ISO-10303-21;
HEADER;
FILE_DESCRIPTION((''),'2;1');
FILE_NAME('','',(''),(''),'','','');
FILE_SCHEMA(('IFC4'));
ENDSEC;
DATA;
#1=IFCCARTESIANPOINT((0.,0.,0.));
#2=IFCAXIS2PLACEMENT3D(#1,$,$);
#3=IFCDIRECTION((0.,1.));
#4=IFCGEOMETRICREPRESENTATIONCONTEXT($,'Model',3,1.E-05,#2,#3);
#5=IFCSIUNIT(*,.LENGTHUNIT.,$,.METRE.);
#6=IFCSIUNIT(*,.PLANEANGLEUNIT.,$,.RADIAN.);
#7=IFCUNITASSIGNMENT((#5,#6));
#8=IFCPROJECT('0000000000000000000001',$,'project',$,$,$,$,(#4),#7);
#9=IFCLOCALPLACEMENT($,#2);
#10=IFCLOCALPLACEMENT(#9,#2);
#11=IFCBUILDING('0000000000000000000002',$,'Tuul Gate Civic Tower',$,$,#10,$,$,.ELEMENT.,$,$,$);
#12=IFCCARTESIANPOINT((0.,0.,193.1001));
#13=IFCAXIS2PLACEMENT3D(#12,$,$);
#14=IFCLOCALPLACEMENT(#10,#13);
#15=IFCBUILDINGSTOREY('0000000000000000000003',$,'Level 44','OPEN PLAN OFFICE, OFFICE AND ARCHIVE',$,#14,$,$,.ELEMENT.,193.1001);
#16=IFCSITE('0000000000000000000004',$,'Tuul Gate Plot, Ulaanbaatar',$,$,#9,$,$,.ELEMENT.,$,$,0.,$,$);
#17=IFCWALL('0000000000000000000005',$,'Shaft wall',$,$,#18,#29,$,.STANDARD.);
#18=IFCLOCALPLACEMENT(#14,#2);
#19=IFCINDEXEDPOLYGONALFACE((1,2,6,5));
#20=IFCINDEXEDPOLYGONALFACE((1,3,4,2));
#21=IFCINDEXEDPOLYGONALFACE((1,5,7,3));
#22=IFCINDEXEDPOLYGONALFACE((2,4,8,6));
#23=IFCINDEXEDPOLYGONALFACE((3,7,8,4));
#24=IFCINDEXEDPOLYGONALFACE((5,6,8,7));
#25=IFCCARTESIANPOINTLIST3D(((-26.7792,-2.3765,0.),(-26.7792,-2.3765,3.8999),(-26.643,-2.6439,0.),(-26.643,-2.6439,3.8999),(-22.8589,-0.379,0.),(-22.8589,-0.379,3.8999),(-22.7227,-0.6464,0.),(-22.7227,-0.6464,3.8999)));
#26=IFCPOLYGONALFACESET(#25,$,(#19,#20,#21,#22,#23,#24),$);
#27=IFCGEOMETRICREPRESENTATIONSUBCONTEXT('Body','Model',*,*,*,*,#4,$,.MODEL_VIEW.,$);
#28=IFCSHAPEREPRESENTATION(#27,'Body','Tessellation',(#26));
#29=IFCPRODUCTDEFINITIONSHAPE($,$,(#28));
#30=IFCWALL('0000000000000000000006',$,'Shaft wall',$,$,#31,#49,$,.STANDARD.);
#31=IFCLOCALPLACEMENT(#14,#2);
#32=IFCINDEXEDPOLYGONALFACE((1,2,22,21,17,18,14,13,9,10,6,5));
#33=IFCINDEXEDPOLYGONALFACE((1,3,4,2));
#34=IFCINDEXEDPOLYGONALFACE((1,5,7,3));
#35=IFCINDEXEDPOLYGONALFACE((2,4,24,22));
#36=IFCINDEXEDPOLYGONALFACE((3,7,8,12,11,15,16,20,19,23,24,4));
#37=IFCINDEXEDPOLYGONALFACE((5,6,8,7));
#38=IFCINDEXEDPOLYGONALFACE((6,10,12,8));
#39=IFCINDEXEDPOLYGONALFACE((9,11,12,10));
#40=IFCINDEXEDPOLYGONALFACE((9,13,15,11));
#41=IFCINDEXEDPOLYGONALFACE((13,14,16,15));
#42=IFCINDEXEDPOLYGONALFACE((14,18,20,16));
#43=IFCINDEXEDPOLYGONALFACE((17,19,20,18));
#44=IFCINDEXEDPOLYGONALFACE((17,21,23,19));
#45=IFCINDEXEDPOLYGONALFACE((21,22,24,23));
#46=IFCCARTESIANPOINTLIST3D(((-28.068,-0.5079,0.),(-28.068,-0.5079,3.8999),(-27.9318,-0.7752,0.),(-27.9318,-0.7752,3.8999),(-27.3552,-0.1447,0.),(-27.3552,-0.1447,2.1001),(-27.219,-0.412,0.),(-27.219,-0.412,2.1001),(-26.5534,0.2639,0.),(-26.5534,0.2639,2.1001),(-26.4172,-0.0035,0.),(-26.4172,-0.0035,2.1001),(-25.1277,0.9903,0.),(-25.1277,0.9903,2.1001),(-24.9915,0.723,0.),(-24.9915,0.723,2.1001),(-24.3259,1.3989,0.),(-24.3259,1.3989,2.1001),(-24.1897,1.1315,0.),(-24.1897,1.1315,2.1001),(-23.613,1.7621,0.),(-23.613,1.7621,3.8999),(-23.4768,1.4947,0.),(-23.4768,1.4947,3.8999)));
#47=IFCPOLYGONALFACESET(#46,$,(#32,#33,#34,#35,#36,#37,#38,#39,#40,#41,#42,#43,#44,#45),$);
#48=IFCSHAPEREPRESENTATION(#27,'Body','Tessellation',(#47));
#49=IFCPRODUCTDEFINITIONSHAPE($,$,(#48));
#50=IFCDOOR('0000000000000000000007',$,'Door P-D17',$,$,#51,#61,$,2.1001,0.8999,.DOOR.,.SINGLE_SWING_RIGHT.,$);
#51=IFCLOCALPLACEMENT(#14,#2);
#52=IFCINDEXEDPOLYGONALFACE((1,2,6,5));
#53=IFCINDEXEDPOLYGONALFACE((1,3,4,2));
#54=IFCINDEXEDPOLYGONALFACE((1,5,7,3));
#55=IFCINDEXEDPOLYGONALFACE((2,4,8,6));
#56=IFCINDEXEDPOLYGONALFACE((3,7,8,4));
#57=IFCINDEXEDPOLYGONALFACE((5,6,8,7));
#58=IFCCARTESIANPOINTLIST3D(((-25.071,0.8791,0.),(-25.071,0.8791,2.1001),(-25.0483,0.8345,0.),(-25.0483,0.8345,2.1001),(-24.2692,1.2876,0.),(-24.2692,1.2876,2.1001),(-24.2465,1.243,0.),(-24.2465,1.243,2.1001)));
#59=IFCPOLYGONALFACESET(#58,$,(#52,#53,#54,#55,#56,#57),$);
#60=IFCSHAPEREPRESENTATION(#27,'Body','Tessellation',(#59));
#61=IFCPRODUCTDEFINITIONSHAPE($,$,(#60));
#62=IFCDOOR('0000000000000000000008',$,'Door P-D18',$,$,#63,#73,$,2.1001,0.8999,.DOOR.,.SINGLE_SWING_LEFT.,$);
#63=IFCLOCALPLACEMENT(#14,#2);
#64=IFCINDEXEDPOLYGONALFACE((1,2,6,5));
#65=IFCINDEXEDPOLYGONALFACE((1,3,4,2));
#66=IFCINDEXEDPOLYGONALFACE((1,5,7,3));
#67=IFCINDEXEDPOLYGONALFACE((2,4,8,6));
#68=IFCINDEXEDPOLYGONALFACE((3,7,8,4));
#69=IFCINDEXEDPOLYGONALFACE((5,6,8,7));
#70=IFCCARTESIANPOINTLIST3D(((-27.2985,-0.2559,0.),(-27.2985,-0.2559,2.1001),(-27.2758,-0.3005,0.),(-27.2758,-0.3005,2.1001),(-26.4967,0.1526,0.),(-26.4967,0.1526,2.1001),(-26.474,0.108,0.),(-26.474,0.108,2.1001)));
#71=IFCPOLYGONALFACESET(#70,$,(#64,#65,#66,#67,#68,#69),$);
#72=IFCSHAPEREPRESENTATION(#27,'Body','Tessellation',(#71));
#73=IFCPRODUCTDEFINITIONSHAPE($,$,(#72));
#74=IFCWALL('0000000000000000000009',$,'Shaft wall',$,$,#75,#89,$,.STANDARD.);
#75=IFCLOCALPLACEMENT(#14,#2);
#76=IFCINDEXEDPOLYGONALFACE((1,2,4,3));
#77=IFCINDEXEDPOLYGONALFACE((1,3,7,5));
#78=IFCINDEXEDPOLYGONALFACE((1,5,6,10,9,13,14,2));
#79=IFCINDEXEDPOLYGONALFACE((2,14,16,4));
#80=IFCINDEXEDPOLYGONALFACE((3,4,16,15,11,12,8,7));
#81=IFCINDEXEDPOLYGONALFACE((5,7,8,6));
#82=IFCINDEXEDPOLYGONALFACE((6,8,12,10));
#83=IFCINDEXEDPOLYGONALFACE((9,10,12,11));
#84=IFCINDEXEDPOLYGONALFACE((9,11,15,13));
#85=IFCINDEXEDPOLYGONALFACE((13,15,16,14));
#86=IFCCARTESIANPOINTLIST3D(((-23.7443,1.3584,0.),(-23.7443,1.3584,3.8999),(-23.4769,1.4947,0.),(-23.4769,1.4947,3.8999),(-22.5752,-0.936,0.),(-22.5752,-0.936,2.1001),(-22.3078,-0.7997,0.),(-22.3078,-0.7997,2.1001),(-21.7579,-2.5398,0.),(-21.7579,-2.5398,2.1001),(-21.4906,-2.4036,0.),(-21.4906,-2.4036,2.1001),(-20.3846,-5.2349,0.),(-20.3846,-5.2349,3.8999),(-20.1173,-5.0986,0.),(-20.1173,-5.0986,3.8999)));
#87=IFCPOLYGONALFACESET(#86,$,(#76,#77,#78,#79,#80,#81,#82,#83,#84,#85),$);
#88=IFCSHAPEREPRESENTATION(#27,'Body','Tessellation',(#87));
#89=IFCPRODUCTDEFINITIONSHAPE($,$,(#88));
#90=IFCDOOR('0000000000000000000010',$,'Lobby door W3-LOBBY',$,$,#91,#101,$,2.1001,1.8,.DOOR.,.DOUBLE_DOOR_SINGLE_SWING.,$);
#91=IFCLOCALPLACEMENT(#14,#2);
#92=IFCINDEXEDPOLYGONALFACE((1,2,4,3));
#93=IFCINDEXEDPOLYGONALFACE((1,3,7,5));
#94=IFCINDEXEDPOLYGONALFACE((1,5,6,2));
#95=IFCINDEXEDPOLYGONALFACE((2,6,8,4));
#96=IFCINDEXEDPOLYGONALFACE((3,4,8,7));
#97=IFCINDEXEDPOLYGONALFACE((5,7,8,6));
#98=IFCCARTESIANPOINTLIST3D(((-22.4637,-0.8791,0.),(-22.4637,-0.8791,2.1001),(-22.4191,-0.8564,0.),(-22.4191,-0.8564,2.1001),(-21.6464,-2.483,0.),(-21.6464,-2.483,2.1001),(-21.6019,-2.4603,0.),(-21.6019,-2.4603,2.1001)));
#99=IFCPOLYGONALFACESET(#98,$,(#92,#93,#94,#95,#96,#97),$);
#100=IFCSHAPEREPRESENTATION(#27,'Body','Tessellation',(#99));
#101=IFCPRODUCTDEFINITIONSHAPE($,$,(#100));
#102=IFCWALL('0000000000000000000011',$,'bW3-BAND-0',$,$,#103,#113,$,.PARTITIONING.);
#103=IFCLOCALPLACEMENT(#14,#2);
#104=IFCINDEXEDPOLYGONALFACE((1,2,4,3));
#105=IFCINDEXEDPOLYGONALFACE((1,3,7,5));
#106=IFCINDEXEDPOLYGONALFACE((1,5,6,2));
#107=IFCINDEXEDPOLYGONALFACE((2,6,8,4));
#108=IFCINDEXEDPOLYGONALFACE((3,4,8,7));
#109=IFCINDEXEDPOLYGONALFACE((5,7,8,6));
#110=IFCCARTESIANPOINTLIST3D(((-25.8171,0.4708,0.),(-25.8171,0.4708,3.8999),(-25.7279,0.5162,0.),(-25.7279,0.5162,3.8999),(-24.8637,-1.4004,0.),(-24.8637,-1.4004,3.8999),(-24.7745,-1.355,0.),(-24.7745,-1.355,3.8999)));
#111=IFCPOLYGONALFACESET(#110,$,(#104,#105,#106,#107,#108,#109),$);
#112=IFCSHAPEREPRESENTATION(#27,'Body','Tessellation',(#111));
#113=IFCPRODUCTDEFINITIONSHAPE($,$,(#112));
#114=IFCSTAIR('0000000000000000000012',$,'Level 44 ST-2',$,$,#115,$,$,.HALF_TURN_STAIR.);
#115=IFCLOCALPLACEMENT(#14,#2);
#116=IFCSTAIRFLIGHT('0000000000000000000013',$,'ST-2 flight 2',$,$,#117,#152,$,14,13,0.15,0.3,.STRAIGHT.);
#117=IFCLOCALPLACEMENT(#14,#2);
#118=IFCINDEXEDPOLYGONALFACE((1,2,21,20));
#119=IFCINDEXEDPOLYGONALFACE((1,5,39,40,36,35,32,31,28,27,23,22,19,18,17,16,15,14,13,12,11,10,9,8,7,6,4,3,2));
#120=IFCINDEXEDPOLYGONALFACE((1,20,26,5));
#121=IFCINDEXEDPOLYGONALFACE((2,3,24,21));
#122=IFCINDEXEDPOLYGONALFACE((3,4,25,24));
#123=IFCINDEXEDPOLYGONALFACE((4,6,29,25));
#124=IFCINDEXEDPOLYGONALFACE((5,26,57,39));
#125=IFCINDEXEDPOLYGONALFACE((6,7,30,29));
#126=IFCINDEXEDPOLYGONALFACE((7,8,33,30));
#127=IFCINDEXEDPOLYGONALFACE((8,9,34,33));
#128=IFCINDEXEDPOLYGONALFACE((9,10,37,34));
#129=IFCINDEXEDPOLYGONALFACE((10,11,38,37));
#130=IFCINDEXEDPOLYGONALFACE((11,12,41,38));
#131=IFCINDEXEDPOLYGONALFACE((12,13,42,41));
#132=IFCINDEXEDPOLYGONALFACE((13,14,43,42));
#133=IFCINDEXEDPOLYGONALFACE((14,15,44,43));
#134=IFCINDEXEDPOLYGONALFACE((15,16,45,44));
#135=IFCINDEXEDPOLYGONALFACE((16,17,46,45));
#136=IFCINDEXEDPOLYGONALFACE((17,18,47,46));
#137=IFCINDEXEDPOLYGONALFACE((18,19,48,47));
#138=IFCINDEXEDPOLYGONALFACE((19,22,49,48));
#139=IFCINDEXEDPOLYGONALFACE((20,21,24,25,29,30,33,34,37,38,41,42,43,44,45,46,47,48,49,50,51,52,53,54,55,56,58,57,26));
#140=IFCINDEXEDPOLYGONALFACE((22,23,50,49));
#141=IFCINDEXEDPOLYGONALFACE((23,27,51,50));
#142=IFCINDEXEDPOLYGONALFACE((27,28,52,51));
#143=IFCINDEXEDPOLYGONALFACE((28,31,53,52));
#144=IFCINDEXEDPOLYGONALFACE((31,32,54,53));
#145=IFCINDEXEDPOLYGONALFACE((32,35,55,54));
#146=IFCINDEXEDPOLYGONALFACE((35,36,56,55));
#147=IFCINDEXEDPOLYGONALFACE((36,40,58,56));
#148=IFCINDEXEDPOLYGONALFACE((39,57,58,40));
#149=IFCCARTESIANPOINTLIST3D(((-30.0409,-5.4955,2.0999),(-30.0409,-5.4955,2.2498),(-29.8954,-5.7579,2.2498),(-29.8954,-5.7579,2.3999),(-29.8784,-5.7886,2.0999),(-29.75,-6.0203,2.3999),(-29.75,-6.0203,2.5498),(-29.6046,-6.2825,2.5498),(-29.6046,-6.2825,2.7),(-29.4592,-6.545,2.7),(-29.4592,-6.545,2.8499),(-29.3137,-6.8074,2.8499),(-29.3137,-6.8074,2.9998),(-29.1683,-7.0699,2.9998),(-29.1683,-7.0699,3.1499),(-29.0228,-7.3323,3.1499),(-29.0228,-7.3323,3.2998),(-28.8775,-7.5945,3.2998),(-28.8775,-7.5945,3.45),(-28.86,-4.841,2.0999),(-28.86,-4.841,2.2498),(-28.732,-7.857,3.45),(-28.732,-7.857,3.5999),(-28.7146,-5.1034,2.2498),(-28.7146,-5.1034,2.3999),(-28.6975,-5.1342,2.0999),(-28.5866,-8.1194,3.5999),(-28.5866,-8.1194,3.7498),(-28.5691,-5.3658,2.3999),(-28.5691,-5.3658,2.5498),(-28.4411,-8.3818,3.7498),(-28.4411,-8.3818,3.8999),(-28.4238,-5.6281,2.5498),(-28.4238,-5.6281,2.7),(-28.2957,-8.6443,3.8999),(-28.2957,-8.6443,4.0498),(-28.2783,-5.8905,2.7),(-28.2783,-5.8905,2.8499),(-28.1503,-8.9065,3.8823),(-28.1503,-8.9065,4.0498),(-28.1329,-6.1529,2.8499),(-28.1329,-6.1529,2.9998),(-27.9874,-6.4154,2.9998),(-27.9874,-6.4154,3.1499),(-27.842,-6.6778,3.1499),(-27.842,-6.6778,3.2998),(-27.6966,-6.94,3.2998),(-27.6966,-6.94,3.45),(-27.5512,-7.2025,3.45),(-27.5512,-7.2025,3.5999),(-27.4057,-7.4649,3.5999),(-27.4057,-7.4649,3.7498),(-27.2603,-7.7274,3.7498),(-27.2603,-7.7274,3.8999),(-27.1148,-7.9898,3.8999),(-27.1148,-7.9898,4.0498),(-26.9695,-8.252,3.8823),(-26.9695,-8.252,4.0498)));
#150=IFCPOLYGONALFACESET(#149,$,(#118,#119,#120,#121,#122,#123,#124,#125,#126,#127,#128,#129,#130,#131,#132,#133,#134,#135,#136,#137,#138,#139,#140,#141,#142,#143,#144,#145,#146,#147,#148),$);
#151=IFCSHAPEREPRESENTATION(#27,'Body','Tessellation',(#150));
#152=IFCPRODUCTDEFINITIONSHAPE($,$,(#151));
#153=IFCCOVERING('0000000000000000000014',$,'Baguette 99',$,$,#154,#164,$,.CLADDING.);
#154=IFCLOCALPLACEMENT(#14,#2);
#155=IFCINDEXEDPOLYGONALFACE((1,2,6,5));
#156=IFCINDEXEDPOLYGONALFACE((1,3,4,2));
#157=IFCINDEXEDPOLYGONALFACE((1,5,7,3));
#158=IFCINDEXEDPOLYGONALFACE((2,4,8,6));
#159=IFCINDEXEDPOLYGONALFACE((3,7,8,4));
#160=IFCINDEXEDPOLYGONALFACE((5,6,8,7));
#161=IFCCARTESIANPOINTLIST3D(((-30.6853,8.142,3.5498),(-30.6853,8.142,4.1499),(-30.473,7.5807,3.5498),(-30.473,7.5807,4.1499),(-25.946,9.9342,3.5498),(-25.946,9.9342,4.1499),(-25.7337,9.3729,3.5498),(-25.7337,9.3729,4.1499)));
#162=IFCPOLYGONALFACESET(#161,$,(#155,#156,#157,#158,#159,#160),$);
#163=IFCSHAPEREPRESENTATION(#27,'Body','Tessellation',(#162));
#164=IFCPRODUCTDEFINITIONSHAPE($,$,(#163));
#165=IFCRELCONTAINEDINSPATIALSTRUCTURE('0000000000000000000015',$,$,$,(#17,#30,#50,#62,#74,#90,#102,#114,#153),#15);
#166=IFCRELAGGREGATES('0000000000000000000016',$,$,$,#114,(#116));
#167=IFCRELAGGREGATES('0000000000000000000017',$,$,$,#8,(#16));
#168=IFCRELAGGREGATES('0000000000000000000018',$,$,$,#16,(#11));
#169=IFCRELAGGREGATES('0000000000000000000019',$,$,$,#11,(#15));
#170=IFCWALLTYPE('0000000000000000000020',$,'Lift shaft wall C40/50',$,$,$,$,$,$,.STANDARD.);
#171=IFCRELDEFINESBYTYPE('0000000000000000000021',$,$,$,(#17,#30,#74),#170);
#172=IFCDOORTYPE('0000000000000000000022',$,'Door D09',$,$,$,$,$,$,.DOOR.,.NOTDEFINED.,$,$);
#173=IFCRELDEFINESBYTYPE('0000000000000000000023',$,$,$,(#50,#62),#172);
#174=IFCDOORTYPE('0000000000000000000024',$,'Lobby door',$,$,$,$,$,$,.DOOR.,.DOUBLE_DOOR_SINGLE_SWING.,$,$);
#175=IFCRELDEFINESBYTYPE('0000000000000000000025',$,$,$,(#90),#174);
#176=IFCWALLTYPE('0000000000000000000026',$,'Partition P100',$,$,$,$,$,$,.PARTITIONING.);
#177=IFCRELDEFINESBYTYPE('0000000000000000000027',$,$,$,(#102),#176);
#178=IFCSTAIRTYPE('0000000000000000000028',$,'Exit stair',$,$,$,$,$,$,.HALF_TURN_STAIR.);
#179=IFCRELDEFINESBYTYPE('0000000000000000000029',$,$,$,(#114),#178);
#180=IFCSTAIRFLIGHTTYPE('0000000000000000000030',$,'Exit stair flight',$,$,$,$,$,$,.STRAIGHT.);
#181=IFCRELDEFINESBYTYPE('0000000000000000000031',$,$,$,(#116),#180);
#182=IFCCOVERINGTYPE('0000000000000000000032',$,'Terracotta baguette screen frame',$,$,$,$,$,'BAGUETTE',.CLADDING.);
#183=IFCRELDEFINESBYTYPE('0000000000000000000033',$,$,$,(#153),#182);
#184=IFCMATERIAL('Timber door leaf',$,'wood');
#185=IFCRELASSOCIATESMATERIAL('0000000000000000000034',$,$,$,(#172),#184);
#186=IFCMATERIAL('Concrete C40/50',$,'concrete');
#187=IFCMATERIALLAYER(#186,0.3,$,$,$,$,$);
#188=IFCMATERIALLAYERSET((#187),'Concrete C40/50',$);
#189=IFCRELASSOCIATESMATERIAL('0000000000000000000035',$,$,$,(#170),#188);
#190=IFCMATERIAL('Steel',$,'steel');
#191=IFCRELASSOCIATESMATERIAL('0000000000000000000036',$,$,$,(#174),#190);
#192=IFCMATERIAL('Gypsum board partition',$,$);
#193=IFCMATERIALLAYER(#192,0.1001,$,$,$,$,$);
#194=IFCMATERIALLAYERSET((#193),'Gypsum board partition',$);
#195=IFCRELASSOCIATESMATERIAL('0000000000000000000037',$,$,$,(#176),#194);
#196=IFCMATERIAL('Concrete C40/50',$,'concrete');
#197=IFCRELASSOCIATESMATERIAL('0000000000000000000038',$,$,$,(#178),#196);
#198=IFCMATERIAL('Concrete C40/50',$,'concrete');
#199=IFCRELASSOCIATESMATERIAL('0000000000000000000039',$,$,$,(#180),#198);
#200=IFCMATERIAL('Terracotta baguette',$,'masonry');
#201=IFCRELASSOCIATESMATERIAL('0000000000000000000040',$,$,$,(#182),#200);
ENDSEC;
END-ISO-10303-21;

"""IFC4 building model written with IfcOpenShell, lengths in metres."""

from ifc_helpers import new_model, si_unit, direction, frame, frame_2d, origin, origin_2d, place, context, subcontext, project, spatial, polyline, rectangle, outline, extrude, material, layer, layer_set, material_profile, profile_set, type_object, element, fill, aggregate, save


model = new_model("IFC4")

# Units and contexts
model_context = context("Model", 3, precision=1e-05, world=origin(), true_north=direction((0.0, 1.0)))
body_context = subcontext(model_context, "Body", "Model", "MODEL_VIEW")
ifc_project = project(units=[si_unit("LENGTHUNIT", "METRE"), si_unit("PLANEANGLEUNIT", "RADIAN")], contexts=[model_context])

# Site, building, storey
site_placement = place(None, origin())
site = spatial("IfcSite", under=ifc_project, at=site_placement, Name="Tuul Gate Plot, Ulaanbaatar", CompositionType="ELEMENT", RefElevation=0.0)
building_placement = place(site_placement, origin())
building = spatial("IfcBuilding", under=site, at=building_placement, Name="Tuul Gate Civic Tower", CompositionType="ELEMENT")
storey_placement = place(building_placement, frame((0.0, 0.0, 193.1001)))
storey = spatial("IfcBuildingStorey", under=building, at=storey_placement, Name="Level 44", Description="OPEN PLAN OFFICE, OFFICE AND ARCHIVE", CompositionType="ELEMENT", Elevation=193.1001)

# Shared definitions
ifc_material_1 = material(Name="Timber door leaf", Category="wood")
door_type_1 = type_object("IfcDoorType", Name="Door D09", OperationType="NOTDEFINED", PredefinedType="DOOR", material=ifc_material_1)

# Shared definitions
ifc_material_2 = material(Name="Concrete C40/50", Category="concrete")
ifc_layer_1 = layer(ifc_material_2, 0.3)
ifc_layer_set_1 = layer_set([ifc_layer_1], Name="Concrete C40/50")
wall_type_1 = type_object("IfcWallType", Name="Lift shaft wall C40/50", PredefinedType="STANDARD", material=ifc_layer_set_1)

# Wall
wall_1_placement = place(storey_placement, frame((-22.7908, -0.5127, 0.0), z_axis=(0.0, 0.0, 1.0), x_axis=(-0.891006, -0.453992, 0.0)))
element("IfcWall", 1, at=wall_1_placement, inside=storey, type_object=wall_type_1, Name="Shaft wall", PredefinedType="STANDARD", context=body_context, shape_type="SweptSolid", body=[
    extrude(rectangle(XDim=4.3999, YDim=0.3, at=frame_2d((2.2, 0.0))), origin(), (0.0, 0.0, 1.0), 3.8999),
])

# Wall, openings, doors
wall_2_placement = place(storey_placement, frame((-23.5449, 1.6284, 0.0), z_axis=(0.0, 0.0, 1.0), x_axis=(-0.891003, -0.453997, 0.0)))
wall_2 = element("IfcWall", 2, at=wall_2_placement, inside=storey, type_object=wall_type_1, Name="Shaft wall", PredefinedType="STANDARD", context=body_context, shape_type="SweptSolid", body=[
    extrude(rectangle(XDim=5.0, YDim=0.3, at=frame_2d((2.5, 0.0))), origin(), (0.0, 0.0, 1.0), 3.8999),
])
opening_1_placement = place(wall_2_placement, frame((0.8, 0.0, 0.0)))
opening_1 = element("IfcOpeningElement", 3, at=opening_1_placement, cuts=wall_2, PredefinedType="OPENING", context=body_context, shape_type="SweptSolid", body=[
    extrude(rectangle(XDim=0.8999, YDim=2.1001, at=frame_2d((0.45, 1.05))), frame((0.0, 0.1602, 0.0), z_axis=(0.0, -1.0, 0.0), x_axis=(1.0, 0.0, 0.0)), (0.0, 0.0, 1.0), 0.3201),
])
opening_2_placement = place(wall_2_placement, frame((3.3, 0.0, 0.0)))
opening_2 = element("IfcOpeningElement", 4, at=opening_2_placement, cuts=wall_2, PredefinedType="OPENING", context=body_context, shape_type="SweptSolid", body=[
    extrude(rectangle(XDim=0.8999, YDim=2.1001, at=frame_2d((0.45, 1.05))), frame((0.0, 0.1602, 0.0), z_axis=(0.0, -1.0, 0.0), x_axis=(1.0, 0.0, 0.0)), (0.0, 0.0, 1.0), 0.3201),
])
door_1_placement = place(opening_1_placement, origin())
door_1 = element("IfcDoor", 5, at=door_1_placement, inside=storey, type_object=door_type_1, Name="Door P-D17", OperationType="SINGLE_SWING_RIGHT", OverallHeight=2.1001, OverallWidth=0.8999, PredefinedType="DOOR", context=body_context, shape_type="SweptSolid", body=[
    extrude(rectangle(XDim=0.8999, YDim=2.1001, at=frame_2d((0.45, 1.05))), frame((0.0, 0.0249, 0.0), z_axis=(0.0, -1.0, 0.0), x_axis=(1.0, 0.0, 0.0)), (0.0, 0.0, 1.0), 0.05),
])
fill(opening_1, door_1)
door_2_placement = place(opening_2_placement, origin())
door_2 = element("IfcDoor", 6, at=door_2_placement, inside=storey, type_object=door_type_1, Name="Door P-D18", OperationType="SINGLE_SWING_LEFT", OverallHeight=2.1001, OverallWidth=0.8999, PredefinedType="DOOR", context=body_context, shape_type="SweptSolid", body=[
    extrude(rectangle(XDim=0.8999, YDim=2.1001, at=frame_2d((0.45, 1.05))), frame((0.0, 0.0249, 0.0), z_axis=(0.0, -1.0, 0.0), x_axis=(1.0, 0.0, 0.0)), (0.0, 0.0, 1.0), 0.05),
])
fill(opening_2, door_2)

# Wall, opening, door
wall_3_placement = place(storey_placement, frame((-20.251, -5.1667, 0.0), z_axis=(0.0, 0.0, 1.0), x_axis=(-0.45401, 0.890996, 0.0)))
wall_3 = element("IfcWall", 7, at=wall_3_placement, inside=storey, type_object=wall_type_1, Name="Shaft wall", PredefinedType="STANDARD", context=body_context, shape_type="SweptSolid", body=[
    extrude(rectangle(XDim=7.3999, YDim=0.3, at=frame_2d((3.7, 0.0))), origin(), (0.0, 0.0, 1.0), 3.8999),
])
opening_3_placement = place(wall_3_placement, frame((3.0249, 0.0, 0.0)))
opening_3 = element("IfcOpeningElement", 8, at=opening_3_placement, cuts=wall_3, PredefinedType="OPENING", context=body_context, shape_type="SweptSolid", body=[
    extrude(rectangle(XDim=1.8, YDim=2.1001, at=frame_2d((0.8999, 1.05))), frame((0.0, 0.1602, 0.0), z_axis=(0.0, -1.0, 0.0), x_axis=(1.0, 0.0, 0.0)), (0.0, 0.0, 1.0), 0.3201),
])
ifc_material_3 = material(Name="Steel", Category="steel")
door_type_2 = type_object("IfcDoorType", Name="Lobby door", OperationType="DOUBLE_DOOR_SINGLE_SWING", PredefinedType="DOOR", material=ifc_material_3)
door_3_placement = place(opening_3_placement, origin())
door_3 = element("IfcDoor", 9, at=door_3_placement, inside=storey, type_object=door_type_2, Name="Lobby door W3-LOBBY", OperationType="DOUBLE_DOOR_SINGLE_SWING", OverallHeight=2.1001, OverallWidth=1.8, PredefinedType="DOOR", context=body_context, shape_type="SweptSolid", body=[
    extrude(rectangle(XDim=1.8, YDim=2.1001, at=frame_2d((0.8999, 1.05))), frame((0.0, 0.0249, 0.0), z_axis=(0.0, -1.0, 0.0), x_axis=(1.0, 0.0, 0.0)), (0.0, 0.0, 1.0), 0.05),
])
fill(opening_3, door_3)

# Wall
ifc_material_4 = material(Name="Gypsum board partition")
ifc_layer_2 = layer(ifc_material_4, 0.1001)
ifc_layer_set_2 = layer_set([ifc_layer_2], Name="Gypsum board partition")
wall_type_2 = type_object("IfcWallType", Name="Partition P100", PredefinedType="PARTITIONING", material=ifc_layer_set_2)
wall_4_placement = place(storey_placement, frame((-24.8191, -1.3777, 0.0), z_axis=(0.0, 0.0, 1.0), x_axis=(-0.45399, 0.891007, 0.0)))
element("IfcWall", 10, at=wall_4_placement, inside=storey, type_object=wall_type_2, Name="bW3-BAND-0", PredefinedType="PARTITIONING", context=body_context, shape_type="SweptSolid", body=[
    extrude(rectangle(XDim=2.1001, YDim=0.1001, at=frame_2d((1.05, 0.0))), origin(), (0.0, 0.0, 1.0), 3.8999),
])

# Stair, stair flight
ifc_material_5 = material(Name="Concrete C40/50", Category="concrete")
stair_type = type_object("IfcStairType", Name="Exit stair", PredefinedType="HALF_TURN_STAIR", material=ifc_material_5)
stair_placement = place(storey_placement, origin())
stair = element("IfcStair", 11, at=stair_placement, inside=storey, type_object=stair_type, Name="Level 44 ST-2", PredefinedType="HALF_TURN_STAIR")
ifc_material_6 = material(Name="Concrete C40/50", Category="concrete")
stair_flight_type = type_object("IfcStairFlightType", Name="Exit stair flight", PredefinedType="STRAIGHT", material=ifc_material_6)
stair_flight_placement = place(storey_placement, frame((-29.4504, -5.1682, 2.0999), z_axis=(0.0, 0.0, 1.0), x_axis=(0.484762, -0.874646, 0.0)))
stair_flight = element("IfcStairFlight", 12, at=stair_flight_placement, type_object=stair_flight_type, Name="ST-2 flight 2", NumberOfRisers=14, NumberOfTreads=13, PredefinedType="STRAIGHT", RiserHeight=0.15, TreadLength=0.3, context=body_context, shape_type="SweptSolid", body=[
    extrude(outline(polyline([(0.0, 0.0), (0.0, 0.1499), (0.3, 0.1499), (0.3, 0.3), (0.6001, 0.3), (0.6001, 0.45), (0.8999, 0.45), (0.8999, 0.6001), (1.2, 0.6001), (1.2, 0.75), (1.5, 0.75), (1.5, 0.8999), (1.8, 0.8999), (1.8, 1.05), (2.1001, 1.05), (2.1001, 1.2), (2.3999, 1.2), (2.3999, 1.3501), (2.7, 1.3501), (2.7, 1.5), (3.0, 1.5), (3.0, 1.6499), (3.3, 1.6499), (3.3, 1.8), (3.6001, 1.8), (3.6001, 1.95), (3.8999, 1.95), (3.8999, 2.1001), (3.8999, 1.7825), (0.3352, 0.0), (0.0, 0.0)])), frame((0.0, 0.675, 0.0), z_axis=(0.0, -1.0, 0.0), x_axis=(1.0, 0.0, 0.0)), (0.0, 0.0, 1.0), 1.3501),
])
aggregate(stair, [stair_flight])

# Covering
ifc_material_7 = material(Name="Terracotta baguette", Category="masonry")
ifc_material_profile_1 = material_profile(ifc_material_7, rectangle(XDim=0.6001, YDim=0.6001, at=origin_2d()), Name="Terracotta baguette screen frame")
ifc_profile_set_1 = profile_set([ifc_material_profile_1], Name="Terracotta baguette")
covering_type = type_object("IfcCoveringType", Name="Terracotta baguette screen frame", ElementType="BAGUETTE", PredefinedType="CLADDING", material=ifc_profile_set_1)
covering_1_placement = place(storey_placement, frame((-25.8398, 9.6536, 3.8499), z_axis=(-0.935351, -0.35372, 0.0), x_axis=(0.35372, -0.935351, 0.0)))
element("IfcCovering", 13, at=covering_1_placement, inside=storey, type_object=covering_type, Name="Baguette 99", PredefinedType="CLADDING", context=body_context, shape_type="SweptSolid", body=[
    extrude(rectangle(XDim=0.6001, YDim=0.6001, at=origin_2d()), origin(), (0.0, 0.0, 1.0), 5.0669),
])

save(model, "model.ifc")
